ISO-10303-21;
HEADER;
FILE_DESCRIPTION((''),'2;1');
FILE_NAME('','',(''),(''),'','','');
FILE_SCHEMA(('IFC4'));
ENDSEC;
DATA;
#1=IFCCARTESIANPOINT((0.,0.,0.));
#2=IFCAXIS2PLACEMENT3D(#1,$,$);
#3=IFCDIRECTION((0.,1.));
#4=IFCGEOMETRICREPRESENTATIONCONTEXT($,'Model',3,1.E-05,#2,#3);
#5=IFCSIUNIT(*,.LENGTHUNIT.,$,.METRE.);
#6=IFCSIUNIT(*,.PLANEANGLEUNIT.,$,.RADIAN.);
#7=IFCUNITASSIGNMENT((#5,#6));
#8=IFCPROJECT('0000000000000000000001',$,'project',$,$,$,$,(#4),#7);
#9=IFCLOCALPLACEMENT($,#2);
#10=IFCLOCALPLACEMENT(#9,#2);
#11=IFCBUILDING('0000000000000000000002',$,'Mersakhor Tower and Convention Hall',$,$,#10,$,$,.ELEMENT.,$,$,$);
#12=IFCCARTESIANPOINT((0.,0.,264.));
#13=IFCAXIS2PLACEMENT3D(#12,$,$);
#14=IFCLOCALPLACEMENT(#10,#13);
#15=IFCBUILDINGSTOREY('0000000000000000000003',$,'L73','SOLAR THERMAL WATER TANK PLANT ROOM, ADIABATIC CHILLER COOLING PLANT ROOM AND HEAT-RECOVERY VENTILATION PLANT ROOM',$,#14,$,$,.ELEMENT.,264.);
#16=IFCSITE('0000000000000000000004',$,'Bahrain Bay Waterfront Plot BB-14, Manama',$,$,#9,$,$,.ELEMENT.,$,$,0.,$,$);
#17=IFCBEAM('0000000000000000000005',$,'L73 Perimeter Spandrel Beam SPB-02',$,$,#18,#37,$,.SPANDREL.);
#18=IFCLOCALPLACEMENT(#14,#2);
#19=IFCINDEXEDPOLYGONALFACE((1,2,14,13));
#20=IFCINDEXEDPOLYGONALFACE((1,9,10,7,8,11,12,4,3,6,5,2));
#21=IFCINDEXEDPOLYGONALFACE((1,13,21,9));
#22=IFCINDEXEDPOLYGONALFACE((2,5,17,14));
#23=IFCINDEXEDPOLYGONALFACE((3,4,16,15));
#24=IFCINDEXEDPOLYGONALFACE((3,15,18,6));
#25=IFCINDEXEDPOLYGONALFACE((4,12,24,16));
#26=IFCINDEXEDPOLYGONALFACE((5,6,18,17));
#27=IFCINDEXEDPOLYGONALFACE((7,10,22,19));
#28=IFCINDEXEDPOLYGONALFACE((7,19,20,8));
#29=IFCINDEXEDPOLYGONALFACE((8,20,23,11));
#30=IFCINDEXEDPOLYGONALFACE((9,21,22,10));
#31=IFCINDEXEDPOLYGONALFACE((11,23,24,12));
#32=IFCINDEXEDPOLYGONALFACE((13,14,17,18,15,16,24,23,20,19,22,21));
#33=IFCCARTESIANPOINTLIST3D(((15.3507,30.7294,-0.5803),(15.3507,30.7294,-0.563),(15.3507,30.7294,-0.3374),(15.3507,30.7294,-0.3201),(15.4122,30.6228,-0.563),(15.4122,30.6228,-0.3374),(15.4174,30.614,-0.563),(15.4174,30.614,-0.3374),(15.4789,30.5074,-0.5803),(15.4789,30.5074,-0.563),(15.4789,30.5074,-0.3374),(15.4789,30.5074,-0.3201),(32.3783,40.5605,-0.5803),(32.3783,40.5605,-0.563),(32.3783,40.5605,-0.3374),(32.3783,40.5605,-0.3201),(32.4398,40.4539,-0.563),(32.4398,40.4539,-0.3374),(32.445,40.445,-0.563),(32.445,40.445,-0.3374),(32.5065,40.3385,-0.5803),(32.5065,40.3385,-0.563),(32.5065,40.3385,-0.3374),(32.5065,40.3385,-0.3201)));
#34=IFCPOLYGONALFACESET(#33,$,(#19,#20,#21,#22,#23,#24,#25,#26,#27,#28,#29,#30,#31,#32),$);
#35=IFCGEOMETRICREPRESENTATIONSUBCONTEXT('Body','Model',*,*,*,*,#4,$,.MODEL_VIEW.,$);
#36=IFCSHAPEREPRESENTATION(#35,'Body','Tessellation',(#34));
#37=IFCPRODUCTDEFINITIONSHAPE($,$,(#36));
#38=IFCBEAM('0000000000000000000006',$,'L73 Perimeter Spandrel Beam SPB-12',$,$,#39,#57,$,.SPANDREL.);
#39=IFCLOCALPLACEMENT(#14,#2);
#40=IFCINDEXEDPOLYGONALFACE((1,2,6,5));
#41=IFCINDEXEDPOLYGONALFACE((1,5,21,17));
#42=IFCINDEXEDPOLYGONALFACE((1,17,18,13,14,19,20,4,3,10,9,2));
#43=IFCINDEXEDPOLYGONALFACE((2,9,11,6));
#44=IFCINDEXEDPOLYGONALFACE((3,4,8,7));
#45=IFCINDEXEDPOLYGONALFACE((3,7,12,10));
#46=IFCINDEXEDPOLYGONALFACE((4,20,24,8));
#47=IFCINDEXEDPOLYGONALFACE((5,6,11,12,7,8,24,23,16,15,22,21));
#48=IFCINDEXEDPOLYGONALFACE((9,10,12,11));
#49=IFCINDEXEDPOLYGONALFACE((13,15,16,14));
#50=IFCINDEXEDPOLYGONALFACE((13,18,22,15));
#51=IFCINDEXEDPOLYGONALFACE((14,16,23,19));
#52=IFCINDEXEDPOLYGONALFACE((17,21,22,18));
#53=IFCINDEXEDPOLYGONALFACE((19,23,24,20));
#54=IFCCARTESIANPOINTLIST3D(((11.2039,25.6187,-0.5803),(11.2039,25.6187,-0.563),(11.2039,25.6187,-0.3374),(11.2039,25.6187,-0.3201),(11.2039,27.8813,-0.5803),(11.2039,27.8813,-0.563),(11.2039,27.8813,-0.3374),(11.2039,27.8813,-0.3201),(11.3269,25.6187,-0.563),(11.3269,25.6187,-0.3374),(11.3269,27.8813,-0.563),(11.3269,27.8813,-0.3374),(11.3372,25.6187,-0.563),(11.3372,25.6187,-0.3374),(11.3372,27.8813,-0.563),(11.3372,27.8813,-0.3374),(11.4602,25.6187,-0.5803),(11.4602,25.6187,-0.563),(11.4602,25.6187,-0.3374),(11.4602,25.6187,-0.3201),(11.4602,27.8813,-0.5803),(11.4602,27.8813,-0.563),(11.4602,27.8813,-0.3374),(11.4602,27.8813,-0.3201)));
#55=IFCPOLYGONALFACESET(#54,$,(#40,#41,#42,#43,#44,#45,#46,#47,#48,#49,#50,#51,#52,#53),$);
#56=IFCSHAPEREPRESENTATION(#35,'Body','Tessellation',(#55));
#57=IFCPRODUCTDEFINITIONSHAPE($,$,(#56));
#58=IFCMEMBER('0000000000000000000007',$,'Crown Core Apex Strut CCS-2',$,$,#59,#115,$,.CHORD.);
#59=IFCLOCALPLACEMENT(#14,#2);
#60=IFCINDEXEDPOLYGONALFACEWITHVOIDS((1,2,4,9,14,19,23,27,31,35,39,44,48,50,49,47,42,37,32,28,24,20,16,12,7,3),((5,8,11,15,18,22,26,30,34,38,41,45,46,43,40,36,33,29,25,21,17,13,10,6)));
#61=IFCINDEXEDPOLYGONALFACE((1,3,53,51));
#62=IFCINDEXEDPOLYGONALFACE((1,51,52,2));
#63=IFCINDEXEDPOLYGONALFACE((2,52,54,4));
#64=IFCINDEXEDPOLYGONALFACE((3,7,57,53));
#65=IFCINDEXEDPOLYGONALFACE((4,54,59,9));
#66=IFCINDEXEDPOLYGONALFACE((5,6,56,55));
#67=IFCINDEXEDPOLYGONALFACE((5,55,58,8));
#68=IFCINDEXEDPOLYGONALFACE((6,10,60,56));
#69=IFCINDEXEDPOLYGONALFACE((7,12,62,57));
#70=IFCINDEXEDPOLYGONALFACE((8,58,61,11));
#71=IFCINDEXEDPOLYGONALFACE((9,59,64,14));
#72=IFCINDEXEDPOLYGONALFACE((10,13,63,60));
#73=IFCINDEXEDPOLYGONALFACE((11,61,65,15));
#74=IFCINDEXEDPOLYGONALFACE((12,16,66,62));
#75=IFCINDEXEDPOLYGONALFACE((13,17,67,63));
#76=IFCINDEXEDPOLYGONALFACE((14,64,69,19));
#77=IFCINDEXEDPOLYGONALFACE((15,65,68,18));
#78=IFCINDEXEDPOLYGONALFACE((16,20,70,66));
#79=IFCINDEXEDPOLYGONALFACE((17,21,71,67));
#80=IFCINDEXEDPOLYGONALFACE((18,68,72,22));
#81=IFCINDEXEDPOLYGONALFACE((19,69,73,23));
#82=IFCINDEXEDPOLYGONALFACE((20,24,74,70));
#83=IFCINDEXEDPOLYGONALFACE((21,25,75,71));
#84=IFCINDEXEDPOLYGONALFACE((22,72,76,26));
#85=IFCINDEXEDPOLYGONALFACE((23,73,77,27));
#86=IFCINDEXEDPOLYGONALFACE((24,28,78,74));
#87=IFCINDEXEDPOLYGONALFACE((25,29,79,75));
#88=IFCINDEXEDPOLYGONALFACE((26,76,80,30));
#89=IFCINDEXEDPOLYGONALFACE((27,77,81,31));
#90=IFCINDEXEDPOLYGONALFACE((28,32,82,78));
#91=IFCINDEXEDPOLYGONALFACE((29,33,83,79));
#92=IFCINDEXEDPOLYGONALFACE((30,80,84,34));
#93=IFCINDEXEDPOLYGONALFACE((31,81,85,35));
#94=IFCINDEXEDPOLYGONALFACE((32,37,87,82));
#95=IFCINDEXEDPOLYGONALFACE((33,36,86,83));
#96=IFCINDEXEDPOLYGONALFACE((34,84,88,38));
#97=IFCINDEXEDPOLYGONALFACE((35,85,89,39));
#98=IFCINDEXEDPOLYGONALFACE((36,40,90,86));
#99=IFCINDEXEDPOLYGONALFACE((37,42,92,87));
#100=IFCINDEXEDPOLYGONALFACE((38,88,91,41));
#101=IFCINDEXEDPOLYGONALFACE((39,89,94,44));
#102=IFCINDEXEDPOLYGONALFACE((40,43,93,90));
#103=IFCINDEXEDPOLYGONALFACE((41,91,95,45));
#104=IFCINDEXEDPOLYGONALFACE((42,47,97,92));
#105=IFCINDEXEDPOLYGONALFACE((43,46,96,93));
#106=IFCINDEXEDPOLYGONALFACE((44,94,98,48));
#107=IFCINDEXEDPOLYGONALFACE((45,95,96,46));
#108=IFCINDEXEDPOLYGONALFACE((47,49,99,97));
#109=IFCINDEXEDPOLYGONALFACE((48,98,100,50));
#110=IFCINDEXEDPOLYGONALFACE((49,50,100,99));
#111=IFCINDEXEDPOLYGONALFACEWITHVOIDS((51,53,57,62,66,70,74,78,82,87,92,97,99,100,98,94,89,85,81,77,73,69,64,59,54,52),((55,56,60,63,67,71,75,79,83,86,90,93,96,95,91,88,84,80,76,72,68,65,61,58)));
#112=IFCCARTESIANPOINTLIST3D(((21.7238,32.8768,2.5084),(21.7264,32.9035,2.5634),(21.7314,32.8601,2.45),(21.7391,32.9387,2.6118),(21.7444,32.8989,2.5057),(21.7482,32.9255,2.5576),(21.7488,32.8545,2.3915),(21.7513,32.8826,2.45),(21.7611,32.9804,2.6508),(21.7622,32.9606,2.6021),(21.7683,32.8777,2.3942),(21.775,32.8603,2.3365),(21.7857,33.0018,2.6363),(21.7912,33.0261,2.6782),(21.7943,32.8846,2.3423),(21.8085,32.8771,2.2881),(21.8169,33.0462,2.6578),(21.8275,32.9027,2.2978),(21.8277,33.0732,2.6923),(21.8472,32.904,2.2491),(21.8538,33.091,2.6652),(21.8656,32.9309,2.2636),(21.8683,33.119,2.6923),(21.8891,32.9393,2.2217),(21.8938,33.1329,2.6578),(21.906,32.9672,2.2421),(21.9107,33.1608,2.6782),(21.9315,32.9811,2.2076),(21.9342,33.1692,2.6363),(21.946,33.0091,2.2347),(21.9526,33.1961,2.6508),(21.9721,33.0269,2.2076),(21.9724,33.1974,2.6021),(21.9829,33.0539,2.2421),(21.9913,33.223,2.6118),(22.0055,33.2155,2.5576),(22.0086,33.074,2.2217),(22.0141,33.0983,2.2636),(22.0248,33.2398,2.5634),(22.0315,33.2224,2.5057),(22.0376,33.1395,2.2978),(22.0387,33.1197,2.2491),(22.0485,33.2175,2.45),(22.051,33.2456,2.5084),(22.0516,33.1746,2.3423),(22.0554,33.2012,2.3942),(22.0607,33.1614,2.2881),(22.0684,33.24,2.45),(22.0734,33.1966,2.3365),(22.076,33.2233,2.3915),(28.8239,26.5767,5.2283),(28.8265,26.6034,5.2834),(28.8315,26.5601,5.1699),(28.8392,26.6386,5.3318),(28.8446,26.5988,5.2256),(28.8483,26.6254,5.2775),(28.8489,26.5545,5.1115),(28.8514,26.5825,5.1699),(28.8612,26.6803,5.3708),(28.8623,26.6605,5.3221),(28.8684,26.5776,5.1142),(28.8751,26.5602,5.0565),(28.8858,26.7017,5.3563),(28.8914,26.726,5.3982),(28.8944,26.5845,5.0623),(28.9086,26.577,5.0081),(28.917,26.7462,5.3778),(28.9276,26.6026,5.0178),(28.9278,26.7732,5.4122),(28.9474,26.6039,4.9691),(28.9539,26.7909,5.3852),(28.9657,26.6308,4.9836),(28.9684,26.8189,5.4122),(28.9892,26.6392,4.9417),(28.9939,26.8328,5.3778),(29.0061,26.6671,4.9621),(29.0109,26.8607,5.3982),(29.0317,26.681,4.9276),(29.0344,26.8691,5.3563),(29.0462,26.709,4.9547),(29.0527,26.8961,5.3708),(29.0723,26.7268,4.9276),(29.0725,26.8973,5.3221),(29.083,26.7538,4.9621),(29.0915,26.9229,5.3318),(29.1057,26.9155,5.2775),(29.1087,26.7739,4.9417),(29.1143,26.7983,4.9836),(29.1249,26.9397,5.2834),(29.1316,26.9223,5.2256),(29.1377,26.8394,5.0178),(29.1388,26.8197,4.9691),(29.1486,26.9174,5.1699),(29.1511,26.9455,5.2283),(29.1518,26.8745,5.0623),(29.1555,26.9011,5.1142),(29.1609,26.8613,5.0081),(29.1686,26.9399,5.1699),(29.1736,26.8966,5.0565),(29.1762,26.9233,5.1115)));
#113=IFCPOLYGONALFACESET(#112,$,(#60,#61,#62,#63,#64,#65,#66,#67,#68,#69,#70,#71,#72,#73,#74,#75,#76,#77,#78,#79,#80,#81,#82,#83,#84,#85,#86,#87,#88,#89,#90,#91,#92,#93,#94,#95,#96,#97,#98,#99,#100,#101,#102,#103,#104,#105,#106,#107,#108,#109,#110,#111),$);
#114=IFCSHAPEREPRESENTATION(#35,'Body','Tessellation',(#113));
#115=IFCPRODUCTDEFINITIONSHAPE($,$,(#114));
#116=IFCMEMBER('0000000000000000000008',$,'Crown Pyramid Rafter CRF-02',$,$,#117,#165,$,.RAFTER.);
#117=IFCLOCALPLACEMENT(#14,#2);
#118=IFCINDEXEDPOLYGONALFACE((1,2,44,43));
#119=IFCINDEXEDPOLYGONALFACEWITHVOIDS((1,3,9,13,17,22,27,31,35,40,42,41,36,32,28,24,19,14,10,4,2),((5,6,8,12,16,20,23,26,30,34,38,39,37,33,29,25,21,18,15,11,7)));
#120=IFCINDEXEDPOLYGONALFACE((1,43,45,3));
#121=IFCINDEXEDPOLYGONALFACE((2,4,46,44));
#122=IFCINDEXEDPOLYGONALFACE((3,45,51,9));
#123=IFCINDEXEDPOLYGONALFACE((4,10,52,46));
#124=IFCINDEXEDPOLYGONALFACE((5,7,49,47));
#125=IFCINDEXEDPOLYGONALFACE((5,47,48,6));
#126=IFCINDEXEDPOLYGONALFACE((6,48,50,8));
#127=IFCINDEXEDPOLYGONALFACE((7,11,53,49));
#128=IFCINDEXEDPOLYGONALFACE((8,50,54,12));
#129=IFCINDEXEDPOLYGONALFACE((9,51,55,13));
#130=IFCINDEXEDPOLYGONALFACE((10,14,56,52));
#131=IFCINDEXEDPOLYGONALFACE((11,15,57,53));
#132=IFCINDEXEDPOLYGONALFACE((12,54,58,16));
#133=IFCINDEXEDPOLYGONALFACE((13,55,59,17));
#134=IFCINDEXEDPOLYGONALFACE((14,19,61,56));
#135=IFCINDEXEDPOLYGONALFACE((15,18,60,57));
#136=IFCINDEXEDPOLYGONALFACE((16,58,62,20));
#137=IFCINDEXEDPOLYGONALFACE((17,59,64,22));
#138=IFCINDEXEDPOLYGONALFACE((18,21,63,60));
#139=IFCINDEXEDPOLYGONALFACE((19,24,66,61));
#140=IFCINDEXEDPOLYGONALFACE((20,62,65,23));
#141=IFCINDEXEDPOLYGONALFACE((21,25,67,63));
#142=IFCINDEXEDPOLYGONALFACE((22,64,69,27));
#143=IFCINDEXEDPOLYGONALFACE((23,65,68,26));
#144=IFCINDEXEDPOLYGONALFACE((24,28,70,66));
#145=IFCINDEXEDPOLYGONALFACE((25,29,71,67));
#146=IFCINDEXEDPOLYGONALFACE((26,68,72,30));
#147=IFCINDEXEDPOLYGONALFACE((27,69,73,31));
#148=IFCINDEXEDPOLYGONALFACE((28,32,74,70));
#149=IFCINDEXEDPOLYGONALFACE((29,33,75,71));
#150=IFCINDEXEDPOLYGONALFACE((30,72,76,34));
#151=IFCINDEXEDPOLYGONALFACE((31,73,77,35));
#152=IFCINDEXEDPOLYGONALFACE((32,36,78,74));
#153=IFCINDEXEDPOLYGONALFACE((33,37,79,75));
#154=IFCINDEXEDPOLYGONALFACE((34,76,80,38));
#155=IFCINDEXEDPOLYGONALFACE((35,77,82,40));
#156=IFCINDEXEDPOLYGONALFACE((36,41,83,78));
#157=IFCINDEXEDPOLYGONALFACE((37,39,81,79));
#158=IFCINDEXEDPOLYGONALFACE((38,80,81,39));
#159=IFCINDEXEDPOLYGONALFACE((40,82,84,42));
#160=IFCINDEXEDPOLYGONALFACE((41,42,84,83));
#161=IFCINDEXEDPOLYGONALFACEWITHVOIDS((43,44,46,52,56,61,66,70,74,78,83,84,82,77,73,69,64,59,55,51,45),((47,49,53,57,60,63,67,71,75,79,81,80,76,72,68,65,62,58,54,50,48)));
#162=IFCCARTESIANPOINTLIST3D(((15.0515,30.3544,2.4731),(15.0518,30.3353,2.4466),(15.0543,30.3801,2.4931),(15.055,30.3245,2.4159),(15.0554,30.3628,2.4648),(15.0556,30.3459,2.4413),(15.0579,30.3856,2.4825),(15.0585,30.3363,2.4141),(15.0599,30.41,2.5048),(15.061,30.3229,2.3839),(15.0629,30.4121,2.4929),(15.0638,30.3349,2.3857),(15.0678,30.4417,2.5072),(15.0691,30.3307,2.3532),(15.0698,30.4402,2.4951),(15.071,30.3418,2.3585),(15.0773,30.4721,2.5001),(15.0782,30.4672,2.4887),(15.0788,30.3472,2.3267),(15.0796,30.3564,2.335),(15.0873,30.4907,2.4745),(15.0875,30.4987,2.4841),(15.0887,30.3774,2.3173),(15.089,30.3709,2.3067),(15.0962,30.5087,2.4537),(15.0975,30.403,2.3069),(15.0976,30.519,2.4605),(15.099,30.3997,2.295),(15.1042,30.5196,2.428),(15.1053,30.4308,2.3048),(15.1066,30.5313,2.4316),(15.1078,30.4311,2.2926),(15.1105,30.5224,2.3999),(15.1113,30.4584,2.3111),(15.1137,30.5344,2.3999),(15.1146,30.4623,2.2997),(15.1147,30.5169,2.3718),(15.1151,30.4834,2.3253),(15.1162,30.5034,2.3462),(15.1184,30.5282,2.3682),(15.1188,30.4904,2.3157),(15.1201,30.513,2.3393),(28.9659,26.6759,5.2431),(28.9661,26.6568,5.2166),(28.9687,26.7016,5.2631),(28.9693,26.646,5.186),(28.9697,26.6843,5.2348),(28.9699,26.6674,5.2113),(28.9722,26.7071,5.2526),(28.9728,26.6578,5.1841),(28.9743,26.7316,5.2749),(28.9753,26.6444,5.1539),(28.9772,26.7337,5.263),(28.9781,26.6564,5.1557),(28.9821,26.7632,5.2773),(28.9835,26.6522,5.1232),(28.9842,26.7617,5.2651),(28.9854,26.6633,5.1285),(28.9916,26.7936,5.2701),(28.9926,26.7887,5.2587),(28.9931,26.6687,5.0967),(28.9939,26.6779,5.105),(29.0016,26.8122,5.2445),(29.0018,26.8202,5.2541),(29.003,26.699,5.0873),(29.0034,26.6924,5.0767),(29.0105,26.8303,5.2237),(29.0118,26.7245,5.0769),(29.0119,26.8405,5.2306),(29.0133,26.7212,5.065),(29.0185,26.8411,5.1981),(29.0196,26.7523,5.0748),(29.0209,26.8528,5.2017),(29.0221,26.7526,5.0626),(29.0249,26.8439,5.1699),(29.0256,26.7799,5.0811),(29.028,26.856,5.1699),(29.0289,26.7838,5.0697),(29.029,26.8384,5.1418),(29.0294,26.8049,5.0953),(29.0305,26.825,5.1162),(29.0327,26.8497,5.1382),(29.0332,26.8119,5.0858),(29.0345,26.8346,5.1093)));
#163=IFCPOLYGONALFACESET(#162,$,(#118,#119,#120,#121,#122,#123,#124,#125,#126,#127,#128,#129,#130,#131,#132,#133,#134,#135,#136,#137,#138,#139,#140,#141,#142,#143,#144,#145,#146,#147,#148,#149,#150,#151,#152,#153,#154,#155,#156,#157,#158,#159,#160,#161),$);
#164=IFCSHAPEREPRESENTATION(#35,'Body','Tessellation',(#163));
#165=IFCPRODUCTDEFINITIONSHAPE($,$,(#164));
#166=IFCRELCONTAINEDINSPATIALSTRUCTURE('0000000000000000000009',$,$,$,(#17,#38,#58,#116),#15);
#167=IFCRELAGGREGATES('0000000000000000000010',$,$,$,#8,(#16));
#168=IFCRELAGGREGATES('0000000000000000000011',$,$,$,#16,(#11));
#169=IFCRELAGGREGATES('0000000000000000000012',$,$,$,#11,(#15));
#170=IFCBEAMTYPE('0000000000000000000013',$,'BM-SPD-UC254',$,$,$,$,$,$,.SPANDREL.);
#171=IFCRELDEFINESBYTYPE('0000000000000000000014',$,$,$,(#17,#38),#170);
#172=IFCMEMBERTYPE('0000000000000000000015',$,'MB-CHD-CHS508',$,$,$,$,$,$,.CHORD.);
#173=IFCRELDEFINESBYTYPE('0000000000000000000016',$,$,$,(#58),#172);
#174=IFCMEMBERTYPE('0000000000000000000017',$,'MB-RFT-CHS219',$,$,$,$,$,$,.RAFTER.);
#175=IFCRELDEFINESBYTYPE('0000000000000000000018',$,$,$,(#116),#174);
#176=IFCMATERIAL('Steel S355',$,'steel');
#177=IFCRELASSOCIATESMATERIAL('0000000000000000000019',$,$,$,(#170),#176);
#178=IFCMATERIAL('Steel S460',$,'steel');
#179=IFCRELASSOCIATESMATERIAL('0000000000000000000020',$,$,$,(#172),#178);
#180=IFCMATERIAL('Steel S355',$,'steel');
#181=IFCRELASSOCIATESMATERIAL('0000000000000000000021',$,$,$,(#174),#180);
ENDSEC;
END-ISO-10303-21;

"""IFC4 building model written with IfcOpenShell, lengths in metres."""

from ifc_helpers import new_model, si_unit, direction, frame, origin, origin_2d, place, context, subcontext, project, spatial, hollow_circle, i_section, extrude, material, material_profile, profile_set, type_object, element, save


model = new_model("IFC4")

# Units and contexts
model_context = context("Model", 3, precision=1e-05, world=origin(), true_north=direction((0.0, 1.0)))
body_context = subcontext(model_context, "Body", "Model", "MODEL_VIEW")
ifc_project = project(units=[si_unit("LENGTHUNIT", "METRE"), si_unit("PLANEANGLEUNIT", "RADIAN")], contexts=[model_context])

# Site, building, storey
site_placement = place(None, origin())
site = spatial("IfcSite", under=ifc_project, at=site_placement, Name="Bahrain Bay Waterfront Plot BB-14, Manama", CompositionType="ELEMENT", RefElevation=0.0)
building_placement = place(site_placement, origin())
building = spatial("IfcBuilding", under=site, at=building_placement, Name="Mersakhor Tower and Convention Hall", CompositionType="ELEMENT")
storey_placement = place(building_placement, frame((0.0, 0.0, 264.0)))
storey = spatial("IfcBuildingStorey", under=building, at=storey_placement, Name="L73", Description="SOLAR THERMAL WATER TANK PLANT ROOM, ADIABATIC CHILLER COOLING PLANT ROOM AND HEAT-RECOVERY VENTILATION PLANT ROOM", CompositionType="ELEMENT", Elevation=264.0)

# Beams
ifc_material_1 = material(Name="Steel S355", Category="steel")
ifc_material_profile_1 = material_profile(ifc_material_1, i_section(OverallWidth=0.2563, OverallDepth=0.2603, WebThickness=0.0103, FlangeThickness=0.0173, at=origin_2d()), Name="UC 254x254x89")
ifc_profile_set_1 = profile_set([ifc_material_profile_1], Name="Steel S355")
beam_type_1 = type_object("IfcBeamType", Name="BM-SPD-UC254", PredefinedType="SPANDREL", material=ifc_profile_set_1)
beam_1_placement = place(storey_placement, frame((15.4148, 30.6184, -0.4502), z_axis=(0.866022, 0.500007, 0.0), x_axis=(-0.500007, 0.866022, 0.0)))
element("IfcBeam", 1, at=beam_1_placement, inside=storey, type_object=beam_type_1, Name="L73 Perimeter Spandrel Beam SPB-02", PredefinedType="SPANDREL", context=body_context, shape_type="SweptSolid", body=[
    extrude(i_section(OverallWidth=0.2563, OverallDepth=0.2603, WebThickness=0.0103, FlangeThickness=0.0173, at=origin_2d()), origin(), (0.0, 0.0, 1.0), 19.6619),
])
beam_2_placement = place(storey_placement, frame((11.332, 25.6187, -0.4502), z_axis=(0.0, 1.0, 0.0), x_axis=(-1.0, 0.0, 0.0)))
element("IfcBeam", 2, at=beam_2_placement, inside=storey, type_object=beam_type_1, Name="L73 Perimeter Spandrel Beam SPB-12", PredefinedType="SPANDREL", context=body_context, shape_type="SweptSolid", body=[
    extrude(i_section(OverallWidth=0.2563, OverallDepth=0.2603, WebThickness=0.0103, FlangeThickness=0.0173, at=origin_2d()), origin(), (0.0, 0.0, 1.0), 2.2627),
])

# Members
ifc_material_2 = material(Name="Steel S460", Category="steel")
ifc_material_profile_2 = material_profile(ifc_material_2, hollow_circle(Radius=0.2539, WallThickness=0.03, at=origin_2d()), Name="CHS 508x30")
ifc_profile_set_2 = profile_set([ifc_material_profile_2], Name="Steel S460")
member_type_1 = type_object("IfcMemberType", Name="MB-CHD-CHS508", PredefinedType="CHORD", material=ifc_profile_set_2)
member_1_placement = place(storey_placement, frame((21.8999, 33.05, 2.45), z_axis=(0.719054, -0.63803, 0.275462), x_axis=(0.663707, 0.747992, 0.0)))
element("IfcMember", 3, at=member_1_placement, inside=storey, type_object=member_type_1, Name="Crown Core Apex Strut CCS-2", PredefinedType="CHORD", context=body_context, shape_type="SweptSolid", body=[
    extrude(hollow_circle(Radius=0.2539, WallThickness=0.03, at=origin_2d()), origin(), (0.0, 0.0, 1.0), 9.8743),
])
ifc_material_3 = material(Name="Steel S355", Category="steel")
ifc_material_profile_3 = material_profile(ifc_material_3, hollow_circle(Radius=0.1096, WallThickness=0.0125, at=origin_2d()), Name="CHS 219.1x12.5")
ifc_profile_set_3 = profile_set([ifc_material_profile_3], Name="Steel S355")
member_type_2 = type_object("IfcMemberType", Name="MB-RFT-CHS219", PredefinedType="RAFTER", material=ifc_profile_set_3)
member_2_placement = place(storey_placement, frame((15.0857, 30.4285, 2.3999), z_axis=(0.949363, -0.250979, 0.188996), x_axis=(0.255585, 0.966787, 0.0)))
element("IfcMember", 4, at=member_2_placement, inside=storey, type_object=member_type_2, Name="Crown Pyramid Rafter CRF-02", PredefinedType="RAFTER", context=body_context, shape_type="SweptSolid", body=[
    extrude(hollow_circle(Radius=0.1096, WallThickness=0.0125, at=origin_2d()), origin(), (0.0, 0.0, 1.0), 14.6565),
])

save(model, "model.ifc")
